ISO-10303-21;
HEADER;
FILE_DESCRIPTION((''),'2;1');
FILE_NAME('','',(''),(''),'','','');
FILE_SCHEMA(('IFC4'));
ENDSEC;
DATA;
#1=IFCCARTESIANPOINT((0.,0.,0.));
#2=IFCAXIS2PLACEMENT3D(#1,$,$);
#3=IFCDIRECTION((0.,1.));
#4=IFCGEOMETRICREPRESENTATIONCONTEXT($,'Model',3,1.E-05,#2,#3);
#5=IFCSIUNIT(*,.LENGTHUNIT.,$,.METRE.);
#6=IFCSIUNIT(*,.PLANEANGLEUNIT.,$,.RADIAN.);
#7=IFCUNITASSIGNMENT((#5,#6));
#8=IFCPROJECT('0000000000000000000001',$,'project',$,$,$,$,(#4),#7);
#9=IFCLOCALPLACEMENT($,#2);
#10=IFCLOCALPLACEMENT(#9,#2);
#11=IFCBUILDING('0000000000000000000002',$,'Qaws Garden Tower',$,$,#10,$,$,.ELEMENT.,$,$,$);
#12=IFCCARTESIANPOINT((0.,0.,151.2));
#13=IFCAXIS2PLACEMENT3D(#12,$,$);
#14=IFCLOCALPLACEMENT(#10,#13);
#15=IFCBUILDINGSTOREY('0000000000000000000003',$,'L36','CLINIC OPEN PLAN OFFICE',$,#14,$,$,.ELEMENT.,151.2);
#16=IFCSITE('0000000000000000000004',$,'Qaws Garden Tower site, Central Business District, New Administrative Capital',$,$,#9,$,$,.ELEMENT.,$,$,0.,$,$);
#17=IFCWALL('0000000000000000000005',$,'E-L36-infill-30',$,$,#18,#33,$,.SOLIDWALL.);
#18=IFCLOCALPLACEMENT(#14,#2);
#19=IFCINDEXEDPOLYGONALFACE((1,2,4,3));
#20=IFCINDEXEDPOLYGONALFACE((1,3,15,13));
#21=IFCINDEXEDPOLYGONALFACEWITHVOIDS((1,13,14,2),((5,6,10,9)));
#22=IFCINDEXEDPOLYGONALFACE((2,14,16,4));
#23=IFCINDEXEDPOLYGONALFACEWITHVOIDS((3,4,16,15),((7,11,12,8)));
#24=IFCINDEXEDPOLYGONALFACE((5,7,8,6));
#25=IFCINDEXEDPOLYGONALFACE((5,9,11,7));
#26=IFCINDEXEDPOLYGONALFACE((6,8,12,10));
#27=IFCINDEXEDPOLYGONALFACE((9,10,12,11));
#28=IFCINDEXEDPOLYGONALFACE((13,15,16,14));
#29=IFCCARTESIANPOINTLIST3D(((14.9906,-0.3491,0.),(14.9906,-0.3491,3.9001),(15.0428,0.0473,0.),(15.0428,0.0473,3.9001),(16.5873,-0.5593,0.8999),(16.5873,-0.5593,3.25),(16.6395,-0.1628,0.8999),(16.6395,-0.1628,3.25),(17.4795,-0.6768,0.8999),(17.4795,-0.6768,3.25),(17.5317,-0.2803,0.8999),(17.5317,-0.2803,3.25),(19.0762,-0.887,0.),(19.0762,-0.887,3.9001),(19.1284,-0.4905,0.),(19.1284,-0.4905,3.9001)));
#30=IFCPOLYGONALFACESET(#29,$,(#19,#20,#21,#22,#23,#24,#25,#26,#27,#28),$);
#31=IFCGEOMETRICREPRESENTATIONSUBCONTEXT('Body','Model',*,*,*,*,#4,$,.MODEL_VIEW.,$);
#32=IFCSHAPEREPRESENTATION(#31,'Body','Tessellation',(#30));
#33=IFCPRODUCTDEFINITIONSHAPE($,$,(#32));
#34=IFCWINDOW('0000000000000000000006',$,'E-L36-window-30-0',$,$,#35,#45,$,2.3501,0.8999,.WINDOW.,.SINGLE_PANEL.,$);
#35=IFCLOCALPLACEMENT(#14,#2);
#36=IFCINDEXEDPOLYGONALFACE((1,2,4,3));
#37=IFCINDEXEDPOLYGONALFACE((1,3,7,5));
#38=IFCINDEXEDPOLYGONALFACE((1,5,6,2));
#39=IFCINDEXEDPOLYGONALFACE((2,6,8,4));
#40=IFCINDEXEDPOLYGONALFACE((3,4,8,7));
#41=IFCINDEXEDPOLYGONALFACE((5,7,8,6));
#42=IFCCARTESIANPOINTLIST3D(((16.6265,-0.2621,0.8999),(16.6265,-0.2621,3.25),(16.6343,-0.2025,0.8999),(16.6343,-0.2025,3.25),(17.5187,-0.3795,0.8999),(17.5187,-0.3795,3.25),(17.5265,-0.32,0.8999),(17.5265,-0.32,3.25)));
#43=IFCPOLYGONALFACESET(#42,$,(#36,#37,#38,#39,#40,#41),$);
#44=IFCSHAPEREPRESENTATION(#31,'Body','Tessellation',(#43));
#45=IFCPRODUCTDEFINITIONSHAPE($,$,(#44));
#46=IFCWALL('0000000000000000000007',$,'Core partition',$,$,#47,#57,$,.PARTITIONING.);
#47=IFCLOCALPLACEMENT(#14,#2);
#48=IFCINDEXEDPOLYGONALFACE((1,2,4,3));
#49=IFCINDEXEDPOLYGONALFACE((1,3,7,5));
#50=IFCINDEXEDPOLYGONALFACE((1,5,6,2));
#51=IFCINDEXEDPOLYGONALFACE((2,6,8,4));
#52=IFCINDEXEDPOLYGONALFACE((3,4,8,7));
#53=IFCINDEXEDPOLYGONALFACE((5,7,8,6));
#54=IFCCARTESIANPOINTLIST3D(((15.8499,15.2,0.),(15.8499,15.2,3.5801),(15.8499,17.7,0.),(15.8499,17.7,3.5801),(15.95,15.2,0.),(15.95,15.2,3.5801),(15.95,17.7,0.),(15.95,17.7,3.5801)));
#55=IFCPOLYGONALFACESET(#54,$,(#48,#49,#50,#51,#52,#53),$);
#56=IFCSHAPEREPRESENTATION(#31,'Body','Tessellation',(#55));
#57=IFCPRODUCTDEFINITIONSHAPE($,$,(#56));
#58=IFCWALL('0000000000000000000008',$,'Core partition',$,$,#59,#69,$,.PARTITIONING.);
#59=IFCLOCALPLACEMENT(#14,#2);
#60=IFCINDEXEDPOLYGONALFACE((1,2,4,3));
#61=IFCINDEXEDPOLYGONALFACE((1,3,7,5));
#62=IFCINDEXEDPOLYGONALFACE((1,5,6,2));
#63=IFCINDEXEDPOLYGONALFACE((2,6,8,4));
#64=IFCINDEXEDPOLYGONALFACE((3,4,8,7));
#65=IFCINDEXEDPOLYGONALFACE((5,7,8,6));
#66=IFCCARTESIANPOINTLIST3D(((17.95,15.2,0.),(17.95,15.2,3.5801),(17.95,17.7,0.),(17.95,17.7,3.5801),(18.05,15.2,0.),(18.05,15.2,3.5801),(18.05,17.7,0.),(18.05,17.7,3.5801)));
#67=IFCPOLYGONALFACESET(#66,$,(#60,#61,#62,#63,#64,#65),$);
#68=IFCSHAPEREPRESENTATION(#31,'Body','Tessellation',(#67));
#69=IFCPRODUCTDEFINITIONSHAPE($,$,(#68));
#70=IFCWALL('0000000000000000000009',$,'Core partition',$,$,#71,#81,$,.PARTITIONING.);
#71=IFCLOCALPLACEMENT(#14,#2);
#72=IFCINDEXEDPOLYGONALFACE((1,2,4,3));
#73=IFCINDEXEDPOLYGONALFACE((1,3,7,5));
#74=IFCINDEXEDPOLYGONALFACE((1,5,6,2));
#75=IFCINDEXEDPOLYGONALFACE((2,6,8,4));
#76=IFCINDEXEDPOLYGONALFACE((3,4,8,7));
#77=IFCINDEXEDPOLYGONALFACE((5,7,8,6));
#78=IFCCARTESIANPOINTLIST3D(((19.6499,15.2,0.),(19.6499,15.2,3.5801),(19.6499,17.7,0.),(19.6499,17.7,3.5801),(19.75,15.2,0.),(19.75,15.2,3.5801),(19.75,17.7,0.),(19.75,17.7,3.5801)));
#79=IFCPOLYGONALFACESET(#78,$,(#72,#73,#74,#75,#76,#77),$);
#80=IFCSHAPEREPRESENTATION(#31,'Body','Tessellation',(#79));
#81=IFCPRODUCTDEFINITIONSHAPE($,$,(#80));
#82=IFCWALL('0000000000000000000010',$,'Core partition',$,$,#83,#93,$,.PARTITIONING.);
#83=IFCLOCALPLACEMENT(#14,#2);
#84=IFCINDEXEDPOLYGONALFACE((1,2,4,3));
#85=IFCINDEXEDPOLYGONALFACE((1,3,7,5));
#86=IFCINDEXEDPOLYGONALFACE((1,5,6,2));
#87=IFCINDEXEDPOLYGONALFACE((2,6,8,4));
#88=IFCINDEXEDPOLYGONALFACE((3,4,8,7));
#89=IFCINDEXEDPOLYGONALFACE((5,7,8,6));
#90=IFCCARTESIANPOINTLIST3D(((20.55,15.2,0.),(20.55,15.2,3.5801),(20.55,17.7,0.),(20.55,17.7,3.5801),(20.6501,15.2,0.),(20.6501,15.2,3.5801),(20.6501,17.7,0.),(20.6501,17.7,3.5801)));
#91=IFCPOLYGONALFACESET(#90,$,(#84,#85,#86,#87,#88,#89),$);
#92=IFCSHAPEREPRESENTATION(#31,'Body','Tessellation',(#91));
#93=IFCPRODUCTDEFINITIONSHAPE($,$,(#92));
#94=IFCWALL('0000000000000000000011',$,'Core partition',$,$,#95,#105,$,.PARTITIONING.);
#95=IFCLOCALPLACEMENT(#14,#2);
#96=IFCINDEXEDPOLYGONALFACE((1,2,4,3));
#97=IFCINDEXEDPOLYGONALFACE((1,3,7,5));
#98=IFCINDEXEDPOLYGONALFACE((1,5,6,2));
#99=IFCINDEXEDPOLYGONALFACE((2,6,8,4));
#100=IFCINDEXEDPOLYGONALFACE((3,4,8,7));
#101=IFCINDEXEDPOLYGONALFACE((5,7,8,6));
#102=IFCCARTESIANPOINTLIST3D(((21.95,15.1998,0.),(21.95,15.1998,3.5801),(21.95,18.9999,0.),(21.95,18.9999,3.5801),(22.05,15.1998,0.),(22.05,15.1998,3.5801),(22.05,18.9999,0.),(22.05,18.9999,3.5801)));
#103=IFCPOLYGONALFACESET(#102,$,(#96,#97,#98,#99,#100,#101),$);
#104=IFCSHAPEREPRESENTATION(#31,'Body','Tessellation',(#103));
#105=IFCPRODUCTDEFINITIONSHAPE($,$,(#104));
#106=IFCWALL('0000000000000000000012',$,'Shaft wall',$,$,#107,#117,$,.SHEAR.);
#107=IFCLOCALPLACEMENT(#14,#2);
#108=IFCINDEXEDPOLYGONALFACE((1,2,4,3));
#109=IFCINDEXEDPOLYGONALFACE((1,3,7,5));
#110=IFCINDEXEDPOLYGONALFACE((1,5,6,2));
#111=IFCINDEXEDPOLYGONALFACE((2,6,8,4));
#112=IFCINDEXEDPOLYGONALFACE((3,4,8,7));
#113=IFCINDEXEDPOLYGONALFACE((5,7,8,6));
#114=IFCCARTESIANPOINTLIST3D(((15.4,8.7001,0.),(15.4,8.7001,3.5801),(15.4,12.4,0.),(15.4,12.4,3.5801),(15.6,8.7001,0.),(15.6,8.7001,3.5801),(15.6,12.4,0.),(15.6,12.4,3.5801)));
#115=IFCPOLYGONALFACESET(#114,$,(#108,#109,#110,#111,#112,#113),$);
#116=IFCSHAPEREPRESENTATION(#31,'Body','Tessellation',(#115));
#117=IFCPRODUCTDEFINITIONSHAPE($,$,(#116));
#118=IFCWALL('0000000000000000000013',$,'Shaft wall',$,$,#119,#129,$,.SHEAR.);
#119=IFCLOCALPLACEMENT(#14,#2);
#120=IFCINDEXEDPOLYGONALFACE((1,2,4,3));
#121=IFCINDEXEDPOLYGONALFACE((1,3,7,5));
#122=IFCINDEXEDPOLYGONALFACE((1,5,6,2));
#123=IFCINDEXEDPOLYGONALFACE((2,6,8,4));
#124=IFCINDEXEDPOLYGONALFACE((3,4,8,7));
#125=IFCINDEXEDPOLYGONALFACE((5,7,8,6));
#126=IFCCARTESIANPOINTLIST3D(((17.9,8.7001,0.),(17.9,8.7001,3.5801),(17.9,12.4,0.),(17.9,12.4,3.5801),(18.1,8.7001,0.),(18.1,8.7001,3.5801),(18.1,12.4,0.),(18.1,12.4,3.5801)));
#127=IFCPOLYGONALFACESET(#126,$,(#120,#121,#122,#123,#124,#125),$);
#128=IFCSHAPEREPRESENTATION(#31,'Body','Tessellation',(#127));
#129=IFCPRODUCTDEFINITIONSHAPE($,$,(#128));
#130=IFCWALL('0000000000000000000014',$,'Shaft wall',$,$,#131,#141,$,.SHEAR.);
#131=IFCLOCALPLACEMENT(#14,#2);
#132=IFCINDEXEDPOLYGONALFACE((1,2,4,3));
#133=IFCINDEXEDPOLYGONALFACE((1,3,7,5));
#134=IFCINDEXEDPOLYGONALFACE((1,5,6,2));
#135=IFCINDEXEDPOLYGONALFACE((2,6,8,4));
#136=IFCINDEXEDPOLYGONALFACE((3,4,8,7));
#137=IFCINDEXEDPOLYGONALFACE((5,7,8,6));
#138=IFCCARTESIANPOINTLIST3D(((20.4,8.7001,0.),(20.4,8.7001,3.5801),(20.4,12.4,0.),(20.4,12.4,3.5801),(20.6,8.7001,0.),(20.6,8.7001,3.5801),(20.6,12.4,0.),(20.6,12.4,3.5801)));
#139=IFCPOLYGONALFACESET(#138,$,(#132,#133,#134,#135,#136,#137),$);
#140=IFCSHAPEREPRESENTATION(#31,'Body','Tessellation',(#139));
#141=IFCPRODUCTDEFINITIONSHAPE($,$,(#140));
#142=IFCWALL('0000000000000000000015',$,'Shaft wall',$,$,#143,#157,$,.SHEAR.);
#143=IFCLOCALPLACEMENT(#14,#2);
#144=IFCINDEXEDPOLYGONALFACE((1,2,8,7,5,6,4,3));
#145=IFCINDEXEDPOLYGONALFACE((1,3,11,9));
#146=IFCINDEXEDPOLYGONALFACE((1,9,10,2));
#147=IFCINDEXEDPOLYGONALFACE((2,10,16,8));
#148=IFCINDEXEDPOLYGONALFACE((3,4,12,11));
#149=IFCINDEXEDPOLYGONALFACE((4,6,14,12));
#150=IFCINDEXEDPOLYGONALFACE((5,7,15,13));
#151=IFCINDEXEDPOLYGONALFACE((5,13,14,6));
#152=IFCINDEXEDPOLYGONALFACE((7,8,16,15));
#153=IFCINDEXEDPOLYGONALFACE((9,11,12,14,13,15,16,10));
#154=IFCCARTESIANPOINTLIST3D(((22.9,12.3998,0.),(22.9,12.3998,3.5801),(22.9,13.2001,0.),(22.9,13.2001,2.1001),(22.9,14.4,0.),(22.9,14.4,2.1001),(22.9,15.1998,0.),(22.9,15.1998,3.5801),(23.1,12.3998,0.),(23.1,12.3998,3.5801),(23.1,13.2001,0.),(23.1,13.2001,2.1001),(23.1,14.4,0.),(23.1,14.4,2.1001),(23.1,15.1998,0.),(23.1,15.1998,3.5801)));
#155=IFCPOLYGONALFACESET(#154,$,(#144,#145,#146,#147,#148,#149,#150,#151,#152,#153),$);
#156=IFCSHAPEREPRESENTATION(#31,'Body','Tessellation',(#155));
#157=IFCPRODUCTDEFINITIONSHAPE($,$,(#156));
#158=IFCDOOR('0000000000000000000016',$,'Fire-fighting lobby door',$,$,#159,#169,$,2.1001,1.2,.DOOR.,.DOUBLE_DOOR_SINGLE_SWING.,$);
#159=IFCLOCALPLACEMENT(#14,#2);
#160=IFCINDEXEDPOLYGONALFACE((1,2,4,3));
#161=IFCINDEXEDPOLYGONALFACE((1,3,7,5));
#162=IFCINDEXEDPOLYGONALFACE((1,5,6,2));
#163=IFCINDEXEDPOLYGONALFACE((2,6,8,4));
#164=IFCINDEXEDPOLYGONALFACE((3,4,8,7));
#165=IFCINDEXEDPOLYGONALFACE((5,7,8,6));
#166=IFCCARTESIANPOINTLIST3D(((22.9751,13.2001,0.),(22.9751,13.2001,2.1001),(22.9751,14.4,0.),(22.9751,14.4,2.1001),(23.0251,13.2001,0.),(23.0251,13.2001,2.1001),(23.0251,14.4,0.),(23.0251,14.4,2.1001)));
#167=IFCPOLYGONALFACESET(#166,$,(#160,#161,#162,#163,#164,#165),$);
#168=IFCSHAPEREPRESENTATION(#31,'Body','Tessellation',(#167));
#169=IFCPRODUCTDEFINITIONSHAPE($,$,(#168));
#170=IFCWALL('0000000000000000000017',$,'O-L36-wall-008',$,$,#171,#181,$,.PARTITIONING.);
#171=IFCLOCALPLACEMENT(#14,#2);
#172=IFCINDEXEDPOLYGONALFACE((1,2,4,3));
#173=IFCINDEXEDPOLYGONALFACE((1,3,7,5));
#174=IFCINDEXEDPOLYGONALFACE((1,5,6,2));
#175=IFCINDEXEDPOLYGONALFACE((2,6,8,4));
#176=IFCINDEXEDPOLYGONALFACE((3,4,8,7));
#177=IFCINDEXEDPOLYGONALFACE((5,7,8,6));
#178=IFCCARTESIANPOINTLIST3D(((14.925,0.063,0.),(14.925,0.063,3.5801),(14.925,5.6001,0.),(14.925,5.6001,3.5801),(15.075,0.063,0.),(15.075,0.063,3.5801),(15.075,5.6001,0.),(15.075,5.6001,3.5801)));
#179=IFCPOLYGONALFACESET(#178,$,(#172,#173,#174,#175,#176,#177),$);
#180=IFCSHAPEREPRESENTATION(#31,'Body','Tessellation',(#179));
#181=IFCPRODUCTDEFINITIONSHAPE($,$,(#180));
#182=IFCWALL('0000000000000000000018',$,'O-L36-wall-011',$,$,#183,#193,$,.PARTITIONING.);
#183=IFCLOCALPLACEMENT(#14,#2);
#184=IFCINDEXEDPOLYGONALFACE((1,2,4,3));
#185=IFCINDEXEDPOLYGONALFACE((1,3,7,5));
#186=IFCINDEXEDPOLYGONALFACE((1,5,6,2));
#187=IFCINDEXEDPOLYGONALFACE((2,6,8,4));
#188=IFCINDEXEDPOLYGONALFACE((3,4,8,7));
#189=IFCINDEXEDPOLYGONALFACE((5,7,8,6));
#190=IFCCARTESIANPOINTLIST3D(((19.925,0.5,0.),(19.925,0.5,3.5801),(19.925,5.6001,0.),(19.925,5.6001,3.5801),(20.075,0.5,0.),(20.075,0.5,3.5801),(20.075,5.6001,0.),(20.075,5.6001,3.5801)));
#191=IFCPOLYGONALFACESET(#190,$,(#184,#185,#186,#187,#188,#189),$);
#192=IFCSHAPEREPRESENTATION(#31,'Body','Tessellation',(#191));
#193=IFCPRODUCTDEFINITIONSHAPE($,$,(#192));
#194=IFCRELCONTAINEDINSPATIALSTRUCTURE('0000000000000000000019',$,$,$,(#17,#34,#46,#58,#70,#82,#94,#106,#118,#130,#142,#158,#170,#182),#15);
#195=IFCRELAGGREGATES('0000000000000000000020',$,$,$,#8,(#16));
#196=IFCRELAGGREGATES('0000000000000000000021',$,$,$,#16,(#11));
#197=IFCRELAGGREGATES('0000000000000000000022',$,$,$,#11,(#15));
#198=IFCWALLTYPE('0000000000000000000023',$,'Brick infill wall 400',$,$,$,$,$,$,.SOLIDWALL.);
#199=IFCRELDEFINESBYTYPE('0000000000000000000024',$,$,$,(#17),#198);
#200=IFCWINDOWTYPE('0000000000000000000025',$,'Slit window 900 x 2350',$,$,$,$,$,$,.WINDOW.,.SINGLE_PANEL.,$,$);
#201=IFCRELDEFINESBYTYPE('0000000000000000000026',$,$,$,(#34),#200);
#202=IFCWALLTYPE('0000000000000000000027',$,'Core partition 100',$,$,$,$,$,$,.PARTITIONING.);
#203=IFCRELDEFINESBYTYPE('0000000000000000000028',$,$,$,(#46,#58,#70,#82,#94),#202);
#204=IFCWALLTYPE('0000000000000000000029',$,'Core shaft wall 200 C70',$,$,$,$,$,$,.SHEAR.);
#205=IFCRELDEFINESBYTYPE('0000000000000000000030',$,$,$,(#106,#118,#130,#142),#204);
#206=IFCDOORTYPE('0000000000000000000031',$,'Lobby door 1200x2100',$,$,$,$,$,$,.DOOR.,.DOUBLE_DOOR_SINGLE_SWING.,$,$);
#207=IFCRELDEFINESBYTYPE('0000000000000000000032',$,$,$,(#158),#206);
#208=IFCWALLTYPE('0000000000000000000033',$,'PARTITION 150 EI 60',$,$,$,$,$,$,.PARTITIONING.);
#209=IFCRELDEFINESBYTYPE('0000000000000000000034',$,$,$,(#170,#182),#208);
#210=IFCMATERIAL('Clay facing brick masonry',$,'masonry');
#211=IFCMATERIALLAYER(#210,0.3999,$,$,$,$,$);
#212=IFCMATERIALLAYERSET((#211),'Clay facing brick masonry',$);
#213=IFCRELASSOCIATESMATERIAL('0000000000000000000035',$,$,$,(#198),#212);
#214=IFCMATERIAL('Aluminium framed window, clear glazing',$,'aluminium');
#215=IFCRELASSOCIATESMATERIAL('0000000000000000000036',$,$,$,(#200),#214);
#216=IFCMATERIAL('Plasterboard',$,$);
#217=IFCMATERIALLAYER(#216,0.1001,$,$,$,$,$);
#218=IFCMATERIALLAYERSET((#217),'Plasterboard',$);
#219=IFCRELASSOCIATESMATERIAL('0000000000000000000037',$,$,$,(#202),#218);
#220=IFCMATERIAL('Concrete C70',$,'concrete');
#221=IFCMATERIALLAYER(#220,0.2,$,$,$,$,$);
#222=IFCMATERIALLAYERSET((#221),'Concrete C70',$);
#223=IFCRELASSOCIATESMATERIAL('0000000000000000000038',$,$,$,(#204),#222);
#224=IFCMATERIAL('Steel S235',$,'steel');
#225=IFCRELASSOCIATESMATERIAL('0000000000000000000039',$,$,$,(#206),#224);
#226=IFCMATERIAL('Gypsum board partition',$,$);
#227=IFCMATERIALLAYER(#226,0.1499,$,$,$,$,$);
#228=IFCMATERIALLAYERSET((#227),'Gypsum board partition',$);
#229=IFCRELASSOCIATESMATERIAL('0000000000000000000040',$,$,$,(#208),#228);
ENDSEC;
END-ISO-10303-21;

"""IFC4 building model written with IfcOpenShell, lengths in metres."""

from ifc_helpers import new_model, si_unit, direction, frame, frame_2d, origin, place, context, subcontext, project, spatial, rectangle, extrude, material, layer, layer_set, type_object, element, fill, save


model = new_model("IFC4")

# Units and contexts
model_context = context("Model", 3, precision=1e-05, world=origin(), true_north=direction((0.0, 1.0)))
body_context = subcontext(model_context, "Body", "Model", "MODEL_VIEW")
ifc_project = project(units=[si_unit("LENGTHUNIT", "METRE"), si_unit("PLANEANGLEUNIT", "RADIAN")], contexts=[model_context])

# Site, building, storey
site_placement = place(None, origin())
site = spatial("IfcSite", under=ifc_project, at=site_placement, Name="Qaws Garden Tower site, Central Business District, New Administrative Capital", CompositionType="ELEMENT", RefElevation=0.0)
building_placement = place(site_placement, origin())
building = spatial("IfcBuilding", under=site, at=building_placement, Name="Qaws Garden Tower", CompositionType="ELEMENT")
storey_placement = place(building_placement, frame((0.0, 0.0, 151.2)))
storey = spatial("IfcBuildingStorey", under=building, at=storey_placement, Name="L36", Description="CLINIC OPEN PLAN OFFICE", CompositionType="ELEMENT", Elevation=151.2)

# Shared definitions
ifc_material_1 = material(Name="Clay facing brick masonry", Category="masonry")
ifc_layer_1 = layer(ifc_material_1, 0.3999)
ifc_layer_set_1 = layer_set([ifc_layer_1], Name="Clay facing brick masonry")
wall_type_1 = type_object("IfcWallType", Name="Brick infill wall 400", PredefinedType="SOLIDWALL", material=ifc_layer_set_1)
ifc_material_2 = material(Name="Aluminium framed window, clear glazing", Category="aluminium")
window_type = type_object("IfcWindowType", Name="Slit window 900 x 2350", PartitioningType="SINGLE_PANEL", PredefinedType="WINDOW", material=ifc_material_2)

# Wall, opening, window
wall_1_placement = place(storey_placement, frame((15.0166, -0.1509, 0.0), z_axis=(0.0, 0.0, 1.0), x_axis=(0.991446, -0.130514, 0.0)))
wall_1 = element("IfcWall", 1, at=wall_1_placement, inside=storey, type_object=wall_type_1, Name="E-L36-infill-30", PredefinedType="SOLIDWALL", context=body_context, shape_type="SweptSolid", body=[
    extrude(rectangle(XDim=4.1208, YDim=0.3999, at=frame_2d((2.0605, 0.0))), origin(), (0.0, 0.0, 1.0), 3.9001),
])
opening_1_placement = place(wall_1_placement, frame((1.6106, 0.0, 0.8999)))
opening_1 = element("IfcOpeningElement", 2, at=opening_1_placement, cuts=wall_1, PredefinedType="OPENING", context=body_context, shape_type="SweptSolid", body=[
    extrude(rectangle(XDim=0.8999, YDim=2.3501, at=frame_2d((0.45, 1.175))), frame((0.0, 0.21, 0.0), z_axis=(0.0, -1.0, 0.0), x_axis=(1.0, 0.0, 0.0)), (0.0, 0.0, 1.0), 0.4199),
])
window_1_placement = place(opening_1_placement, origin())
window_1 = element("IfcWindow", 3, at=window_1_placement, inside=storey, type_object=window_type, Name="E-L36-window-30-0", OverallHeight=2.3501, OverallWidth=0.8999, PartitioningType="SINGLE_PANEL", PredefinedType="WINDOW", context=body_context, shape_type="SweptSolid", body=[
    extrude(rectangle(XDim=0.8999, YDim=2.3501, at=frame_2d((0.45, 1.175))), frame((0.0, 0.1599, 0.0), z_axis=(0.0, -1.0, 0.0), x_axis=(1.0, 0.0, 0.0)), (0.0, 0.0, 1.0), 0.0601),
])
fill(opening_1, window_1)

# Walls
ifc_material_3 = material(Name="Plasterboard")
ifc_layer_2 = layer(ifc_material_3, 0.1001)
ifc_layer_set_2 = layer_set([ifc_layer_2], Name="Plasterboard")
wall_type_2 = type_object("IfcWallType", Name="Core partition 100", PredefinedType="PARTITIONING", material=ifc_layer_set_2)
for number, where, z_axis, x_axis, name in (
    (4, (15.8999, 15.2, 0.0), (0.0, 0.0, 1.0), (0.0, 1.0, 0.0), "Core partition"),
    (5, (18.0, 15.2, 0.0), (0.0, 0.0, 1.0), (0.0, 1.0, 0.0), "Core partition"),
    (6, (19.7, 15.2, 0.0), (0.0, 0.0, 1.0), (0.0, 1.0, 0.0), "Core partition"),
    (7, (20.6001, 15.2, 0.0), (0.0, 0.0, 1.0), (0.0, 1.0, 0.0), "Core partition"),
):
    element("IfcWall", number, at=place(storey_placement, frame(where, z_axis=z_axis, x_axis=x_axis)), inside=storey, type_object=wall_type_2, Name=name, PredefinedType="PARTITIONING", context=body_context, shape_type="SweptSolid", body=[
        extrude(rectangle(XDim=2.5, YDim=0.1001, at=frame_2d((1.25, 0.0))), origin(), (0.0, 0.0, 1.0), 3.5801),
    ])
wall_2_placement = place(storey_placement, frame((22.0, 15.2, 0.0), z_axis=(0.0, 0.0, 1.0), x_axis=(0.0, 1.0, 0.0)))
element("IfcWall", 8, at=wall_2_placement, inside=storey, type_object=wall_type_2, Name="Core partition", PredefinedType="PARTITIONING", context=body_context, shape_type="SweptSolid", body=[
    extrude(rectangle(XDim=3.8, YDim=0.1001, at=frame_2d((1.8999, 0.0))), origin(), (0.0, 0.0, 1.0), 3.5801),
])
ifc_material_4 = material(Name="Concrete C70", Category="concrete")
ifc_layer_3 = layer(ifc_material_4, 0.2)
ifc_layer_set_3 = layer_set([ifc_layer_3], Name="Concrete C70")
wall_type_3 = type_object("IfcWallType", Name="Core shaft wall 200 C70", PredefinedType="SHEAR", material=ifc_layer_set_3)
for number, where, z_axis, x_axis, name in (
    (9, (15.5, 8.7, 0.0), (0.0, 0.0, 1.0), (0.0, 1.0, 0.0), "Shaft wall"),
    (10, (18.0, 8.7, 0.0), (0.0, 0.0, 1.0), (0.0, 1.0, 0.0), "Shaft wall"),
    (11, (20.5, 8.7, 0.0), (0.0, 0.0, 1.0), (0.0, 1.0, 0.0), "Shaft wall"),
):
    element("IfcWall", number, at=place(storey_placement, frame(where, z_axis=z_axis, x_axis=x_axis)), inside=storey, type_object=wall_type_3, Name=name, PredefinedType="SHEAR", context=body_context, shape_type="SweptSolid", body=[
        extrude(rectangle(XDim=3.7, YDim=0.2, at=frame_2d((1.8501, 0.0))), origin(), (0.0, 0.0, 1.0), 3.5801),
    ])

# Wall, opening, door
wall_3_placement = place(storey_placement, frame((23.0, 12.3999, 0.0), z_axis=(0.0, 0.0, 1.0), x_axis=(0.0, 1.0, 0.0)))
wall_3 = element("IfcWall", 12, at=wall_3_placement, inside=storey, type_object=wall_type_3, Name="Shaft wall", PredefinedType="SHEAR", context=body_context, shape_type="SweptSolid", body=[
    extrude(rectangle(XDim=2.8, YDim=0.2, at=frame_2d((1.3999, 0.0))), origin(), (0.0, 0.0, 1.0), 3.5801),
])
opening_2_placement = place(wall_3_placement, frame((0.8, 0.0, 0.0)))
opening_2 = element("IfcOpeningElement", 13, at=opening_2_placement, cuts=wall_3, PredefinedType="OPENING", context=body_context, shape_type="SweptSolid", body=[
    extrude(rectangle(XDim=1.2, YDim=2.1001, at=frame_2d((0.6001, 1.05))), frame((0.0, 0.1099, 0.0), z_axis=(0.0, -1.0, 0.0), x_axis=(1.0, 0.0, 0.0)), (0.0, 0.0, 1.0), 0.22),
])
ifc_material_5 = material(Name="Steel S235", Category="steel")
door_type = type_object("IfcDoorType", Name="Lobby door 1200x2100", OperationType="DOUBLE_DOOR_SINGLE_SWING", PredefinedType="DOOR", material=ifc_material_5)
door_placement = place(opening_2_placement, origin())
door = element("IfcDoor", 14, at=door_placement, inside=storey, type_object=door_type, Name="Fire-fighting lobby door", OperationType="DOUBLE_DOOR_SINGLE_SWING", OverallHeight=2.1001, OverallWidth=1.2, PredefinedType="DOOR", context=body_context, shape_type="SweptSolid", body=[
    extrude(rectangle(XDim=1.2, YDim=2.1001, at=frame_2d((0.6001, 1.05))), frame((0.0, 0.0249, 0.0), z_axis=(0.0, -1.0, 0.0), x_axis=(1.0, 0.0, 0.0)), (0.0, 0.0, 1.0), 0.05),
])
fill(opening_2, door)

# Walls
ifc_material_6 = material(Name="Gypsum board partition")
ifc_layer_4 = layer(ifc_material_6, 0.1499)
ifc_layer_set_4 = layer_set([ifc_layer_4], Name="Gypsum board partition")
wall_type_4 = type_object("IfcWallType", Name="PARTITION 150 EI 60", PredefinedType="PARTITIONING", material=ifc_layer_set_4)
wall_4_placement = place(storey_placement, frame((15.0, 0.063, 0.0), z_axis=(0.0, 0.0, 1.0), x_axis=(0.0, 1.0, 0.0)))
element("IfcWall", 15, at=wall_4_placement, inside=storey, type_object=wall_type_4, Name="O-L36-wall-008", PredefinedType="PARTITIONING", context=body_context, shape_type="SweptSolid", body=[
    extrude(rectangle(XDim=5.5371, YDim=0.1499, at=frame_2d((2.7686, 0.0))), origin(), (0.0, 0.0, 1.0), 3.5801),
])
wall_5_placement = place(storey_placement, frame((20.0, 0.5, 0.0), z_axis=(0.0, 0.0, 1.0), x_axis=(0.0, 1.0, 0.0)))
element("IfcWall", 16, at=wall_5_placement, inside=storey, type_object=wall_type_4, Name="O-L36-wall-011", PredefinedType="PARTITIONING", context=body_context, shape_type="SweptSolid", body=[
    extrude(rectangle(XDim=5.1001, YDim=0.1499, at=frame_2d((2.55, 0.0))), origin(), (0.0, 0.0, 1.0), 3.5801),
])

save(model, "model.ifc")
